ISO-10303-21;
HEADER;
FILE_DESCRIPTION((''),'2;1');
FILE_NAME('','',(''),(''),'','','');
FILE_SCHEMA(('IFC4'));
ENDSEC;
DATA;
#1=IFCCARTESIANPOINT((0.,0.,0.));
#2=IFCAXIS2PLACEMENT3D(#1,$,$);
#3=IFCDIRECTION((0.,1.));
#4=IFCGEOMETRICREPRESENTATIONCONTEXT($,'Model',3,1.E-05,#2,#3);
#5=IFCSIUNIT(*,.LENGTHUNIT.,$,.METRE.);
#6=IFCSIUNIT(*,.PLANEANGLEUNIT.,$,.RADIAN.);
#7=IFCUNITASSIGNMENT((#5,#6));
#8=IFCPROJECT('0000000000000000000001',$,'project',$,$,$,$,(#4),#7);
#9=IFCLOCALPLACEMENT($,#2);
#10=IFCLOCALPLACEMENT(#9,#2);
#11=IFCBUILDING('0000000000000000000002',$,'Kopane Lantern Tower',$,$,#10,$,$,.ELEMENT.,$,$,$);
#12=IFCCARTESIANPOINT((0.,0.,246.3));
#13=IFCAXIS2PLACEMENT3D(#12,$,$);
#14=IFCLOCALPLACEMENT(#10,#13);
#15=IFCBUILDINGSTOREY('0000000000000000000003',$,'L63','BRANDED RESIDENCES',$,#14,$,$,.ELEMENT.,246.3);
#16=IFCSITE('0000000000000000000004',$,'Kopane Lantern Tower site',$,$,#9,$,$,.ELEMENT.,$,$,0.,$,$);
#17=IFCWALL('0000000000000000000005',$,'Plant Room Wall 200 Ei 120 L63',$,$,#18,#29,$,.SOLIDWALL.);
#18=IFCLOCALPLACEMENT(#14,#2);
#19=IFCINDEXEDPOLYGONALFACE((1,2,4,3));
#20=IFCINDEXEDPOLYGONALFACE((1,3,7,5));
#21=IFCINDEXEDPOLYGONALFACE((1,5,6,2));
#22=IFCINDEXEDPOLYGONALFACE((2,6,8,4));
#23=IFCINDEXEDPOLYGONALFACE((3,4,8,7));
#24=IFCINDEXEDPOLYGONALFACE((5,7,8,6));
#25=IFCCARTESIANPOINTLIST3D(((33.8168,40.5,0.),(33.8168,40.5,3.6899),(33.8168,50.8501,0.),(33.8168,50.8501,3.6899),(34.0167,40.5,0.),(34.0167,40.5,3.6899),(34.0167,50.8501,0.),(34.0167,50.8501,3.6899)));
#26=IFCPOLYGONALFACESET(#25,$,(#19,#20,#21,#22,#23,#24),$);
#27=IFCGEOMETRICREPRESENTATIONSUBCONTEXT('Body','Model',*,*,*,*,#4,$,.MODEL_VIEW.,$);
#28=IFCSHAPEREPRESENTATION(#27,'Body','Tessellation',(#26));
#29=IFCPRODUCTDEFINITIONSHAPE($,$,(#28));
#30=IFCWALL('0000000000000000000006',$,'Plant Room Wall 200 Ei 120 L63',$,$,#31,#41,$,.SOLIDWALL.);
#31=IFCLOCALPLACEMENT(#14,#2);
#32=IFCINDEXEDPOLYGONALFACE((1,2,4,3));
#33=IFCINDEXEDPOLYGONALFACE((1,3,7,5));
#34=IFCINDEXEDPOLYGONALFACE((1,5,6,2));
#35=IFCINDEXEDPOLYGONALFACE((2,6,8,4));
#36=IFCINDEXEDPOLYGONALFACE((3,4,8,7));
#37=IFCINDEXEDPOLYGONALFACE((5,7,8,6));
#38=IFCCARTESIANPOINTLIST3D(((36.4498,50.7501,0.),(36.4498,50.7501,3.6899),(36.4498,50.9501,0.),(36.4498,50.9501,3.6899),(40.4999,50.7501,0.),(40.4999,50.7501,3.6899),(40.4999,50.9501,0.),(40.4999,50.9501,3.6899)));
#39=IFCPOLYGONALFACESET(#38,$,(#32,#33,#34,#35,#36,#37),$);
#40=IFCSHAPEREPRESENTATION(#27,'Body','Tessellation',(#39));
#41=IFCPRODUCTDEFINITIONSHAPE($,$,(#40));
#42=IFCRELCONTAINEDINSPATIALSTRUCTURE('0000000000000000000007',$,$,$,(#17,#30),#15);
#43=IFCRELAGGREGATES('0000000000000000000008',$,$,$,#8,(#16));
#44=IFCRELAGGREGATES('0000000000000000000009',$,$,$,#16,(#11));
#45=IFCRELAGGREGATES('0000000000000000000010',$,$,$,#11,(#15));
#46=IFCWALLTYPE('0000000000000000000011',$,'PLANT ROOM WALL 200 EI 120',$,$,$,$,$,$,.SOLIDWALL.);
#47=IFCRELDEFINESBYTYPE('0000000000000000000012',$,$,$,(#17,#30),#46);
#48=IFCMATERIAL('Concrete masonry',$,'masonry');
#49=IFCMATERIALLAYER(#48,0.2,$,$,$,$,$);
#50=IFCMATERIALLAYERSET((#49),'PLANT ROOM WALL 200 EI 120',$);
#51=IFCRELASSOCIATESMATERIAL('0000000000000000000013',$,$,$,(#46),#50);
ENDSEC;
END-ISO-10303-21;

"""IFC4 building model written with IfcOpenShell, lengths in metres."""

from ifc_helpers import new_model, si_unit, direction, frame, frame_2d, origin, place, context, subcontext, project, spatial, rectangle, extrude, material, layer, layer_set, type_object, element, save


model = new_model("IFC4")

# Units and contexts
model_context = context("Model", 3, precision=1e-05, world=origin(), true_north=direction((0.0, 1.0)))
body_context = subcontext(model_context, "Body", "Model", "MODEL_VIEW")
ifc_project = project(units=[si_unit("LENGTHUNIT", "METRE"), si_unit("PLANEANGLEUNIT", "RADIAN")], contexts=[model_context])

# Site, building, storey
site_placement = place(None, origin())
site = spatial("IfcSite", under=ifc_project, at=site_placement, Name="Kopane Lantern Tower site", CompositionType="ELEMENT", RefElevation=0.0)
building_placement = place(site_placement, origin())
building = spatial("IfcBuilding", under=site, at=building_placement, Name="Kopane Lantern Tower", CompositionType="ELEMENT")
storey_placement = place(building_placement, frame((0.0, 0.0, 246.3)))
storey = spatial("IfcBuildingStorey", under=building, at=storey_placement, Name="L63", Description="BRANDED RESIDENCES", CompositionType="ELEMENT", Elevation=246.3)

# Walls
ifc_material_1 = material(Name="Concrete masonry", Category="masonry")
ifc_layer_1 = layer(ifc_material_1, 0.2)
ifc_layer_set_1 = layer_set([ifc_layer_1], Name="PLANT ROOM WALL 200 EI 120")
wall_type_1 = type_object("IfcWallType", Name="PLANT ROOM WALL 200 EI 120", PredefinedType="SOLIDWALL", material=ifc_layer_set_1)
wall_1_placement = place(storey_placement, frame((33.9167, 50.8501, 0.0), z_axis=(0.0, 0.0, 1.0), x_axis=(0.0, -1.0, 0.0)))
element("IfcWall", 1, at=wall_1_placement, inside=storey, type_object=wall_type_1, Name="Plant Room Wall 200 Ei 120 L63", PredefinedType="SOLIDWALL", context=body_context, shape_type="SweptSolid", body=[
    extrude(rectangle(XDim=10.3501, YDim=0.2, at=frame_2d((5.175, 0.0))), origin(), (0.0, 0.0, 1.0), 3.6899),
])
wall_2_placement = place(storey_placement, frame((36.45, 50.8501, 0.0), z_axis=(0.0, 0.0, 1.0), x_axis=(1.0, 0.0, 0.0)))
element("IfcWall", 2, at=wall_2_placement, inside=storey, type_object=wall_type_1, Name="Plant Room Wall 200 Ei 120 L63", PredefinedType="SOLIDWALL", context=body_context, shape_type="SweptSolid", body=[
    extrude(rectangle(XDim=4.05, YDim=0.2, at=frame_2d((2.0249, 0.0))), origin(), (0.0, 0.0, 1.0), 3.6899),
])

save(model, "model.ifc")
